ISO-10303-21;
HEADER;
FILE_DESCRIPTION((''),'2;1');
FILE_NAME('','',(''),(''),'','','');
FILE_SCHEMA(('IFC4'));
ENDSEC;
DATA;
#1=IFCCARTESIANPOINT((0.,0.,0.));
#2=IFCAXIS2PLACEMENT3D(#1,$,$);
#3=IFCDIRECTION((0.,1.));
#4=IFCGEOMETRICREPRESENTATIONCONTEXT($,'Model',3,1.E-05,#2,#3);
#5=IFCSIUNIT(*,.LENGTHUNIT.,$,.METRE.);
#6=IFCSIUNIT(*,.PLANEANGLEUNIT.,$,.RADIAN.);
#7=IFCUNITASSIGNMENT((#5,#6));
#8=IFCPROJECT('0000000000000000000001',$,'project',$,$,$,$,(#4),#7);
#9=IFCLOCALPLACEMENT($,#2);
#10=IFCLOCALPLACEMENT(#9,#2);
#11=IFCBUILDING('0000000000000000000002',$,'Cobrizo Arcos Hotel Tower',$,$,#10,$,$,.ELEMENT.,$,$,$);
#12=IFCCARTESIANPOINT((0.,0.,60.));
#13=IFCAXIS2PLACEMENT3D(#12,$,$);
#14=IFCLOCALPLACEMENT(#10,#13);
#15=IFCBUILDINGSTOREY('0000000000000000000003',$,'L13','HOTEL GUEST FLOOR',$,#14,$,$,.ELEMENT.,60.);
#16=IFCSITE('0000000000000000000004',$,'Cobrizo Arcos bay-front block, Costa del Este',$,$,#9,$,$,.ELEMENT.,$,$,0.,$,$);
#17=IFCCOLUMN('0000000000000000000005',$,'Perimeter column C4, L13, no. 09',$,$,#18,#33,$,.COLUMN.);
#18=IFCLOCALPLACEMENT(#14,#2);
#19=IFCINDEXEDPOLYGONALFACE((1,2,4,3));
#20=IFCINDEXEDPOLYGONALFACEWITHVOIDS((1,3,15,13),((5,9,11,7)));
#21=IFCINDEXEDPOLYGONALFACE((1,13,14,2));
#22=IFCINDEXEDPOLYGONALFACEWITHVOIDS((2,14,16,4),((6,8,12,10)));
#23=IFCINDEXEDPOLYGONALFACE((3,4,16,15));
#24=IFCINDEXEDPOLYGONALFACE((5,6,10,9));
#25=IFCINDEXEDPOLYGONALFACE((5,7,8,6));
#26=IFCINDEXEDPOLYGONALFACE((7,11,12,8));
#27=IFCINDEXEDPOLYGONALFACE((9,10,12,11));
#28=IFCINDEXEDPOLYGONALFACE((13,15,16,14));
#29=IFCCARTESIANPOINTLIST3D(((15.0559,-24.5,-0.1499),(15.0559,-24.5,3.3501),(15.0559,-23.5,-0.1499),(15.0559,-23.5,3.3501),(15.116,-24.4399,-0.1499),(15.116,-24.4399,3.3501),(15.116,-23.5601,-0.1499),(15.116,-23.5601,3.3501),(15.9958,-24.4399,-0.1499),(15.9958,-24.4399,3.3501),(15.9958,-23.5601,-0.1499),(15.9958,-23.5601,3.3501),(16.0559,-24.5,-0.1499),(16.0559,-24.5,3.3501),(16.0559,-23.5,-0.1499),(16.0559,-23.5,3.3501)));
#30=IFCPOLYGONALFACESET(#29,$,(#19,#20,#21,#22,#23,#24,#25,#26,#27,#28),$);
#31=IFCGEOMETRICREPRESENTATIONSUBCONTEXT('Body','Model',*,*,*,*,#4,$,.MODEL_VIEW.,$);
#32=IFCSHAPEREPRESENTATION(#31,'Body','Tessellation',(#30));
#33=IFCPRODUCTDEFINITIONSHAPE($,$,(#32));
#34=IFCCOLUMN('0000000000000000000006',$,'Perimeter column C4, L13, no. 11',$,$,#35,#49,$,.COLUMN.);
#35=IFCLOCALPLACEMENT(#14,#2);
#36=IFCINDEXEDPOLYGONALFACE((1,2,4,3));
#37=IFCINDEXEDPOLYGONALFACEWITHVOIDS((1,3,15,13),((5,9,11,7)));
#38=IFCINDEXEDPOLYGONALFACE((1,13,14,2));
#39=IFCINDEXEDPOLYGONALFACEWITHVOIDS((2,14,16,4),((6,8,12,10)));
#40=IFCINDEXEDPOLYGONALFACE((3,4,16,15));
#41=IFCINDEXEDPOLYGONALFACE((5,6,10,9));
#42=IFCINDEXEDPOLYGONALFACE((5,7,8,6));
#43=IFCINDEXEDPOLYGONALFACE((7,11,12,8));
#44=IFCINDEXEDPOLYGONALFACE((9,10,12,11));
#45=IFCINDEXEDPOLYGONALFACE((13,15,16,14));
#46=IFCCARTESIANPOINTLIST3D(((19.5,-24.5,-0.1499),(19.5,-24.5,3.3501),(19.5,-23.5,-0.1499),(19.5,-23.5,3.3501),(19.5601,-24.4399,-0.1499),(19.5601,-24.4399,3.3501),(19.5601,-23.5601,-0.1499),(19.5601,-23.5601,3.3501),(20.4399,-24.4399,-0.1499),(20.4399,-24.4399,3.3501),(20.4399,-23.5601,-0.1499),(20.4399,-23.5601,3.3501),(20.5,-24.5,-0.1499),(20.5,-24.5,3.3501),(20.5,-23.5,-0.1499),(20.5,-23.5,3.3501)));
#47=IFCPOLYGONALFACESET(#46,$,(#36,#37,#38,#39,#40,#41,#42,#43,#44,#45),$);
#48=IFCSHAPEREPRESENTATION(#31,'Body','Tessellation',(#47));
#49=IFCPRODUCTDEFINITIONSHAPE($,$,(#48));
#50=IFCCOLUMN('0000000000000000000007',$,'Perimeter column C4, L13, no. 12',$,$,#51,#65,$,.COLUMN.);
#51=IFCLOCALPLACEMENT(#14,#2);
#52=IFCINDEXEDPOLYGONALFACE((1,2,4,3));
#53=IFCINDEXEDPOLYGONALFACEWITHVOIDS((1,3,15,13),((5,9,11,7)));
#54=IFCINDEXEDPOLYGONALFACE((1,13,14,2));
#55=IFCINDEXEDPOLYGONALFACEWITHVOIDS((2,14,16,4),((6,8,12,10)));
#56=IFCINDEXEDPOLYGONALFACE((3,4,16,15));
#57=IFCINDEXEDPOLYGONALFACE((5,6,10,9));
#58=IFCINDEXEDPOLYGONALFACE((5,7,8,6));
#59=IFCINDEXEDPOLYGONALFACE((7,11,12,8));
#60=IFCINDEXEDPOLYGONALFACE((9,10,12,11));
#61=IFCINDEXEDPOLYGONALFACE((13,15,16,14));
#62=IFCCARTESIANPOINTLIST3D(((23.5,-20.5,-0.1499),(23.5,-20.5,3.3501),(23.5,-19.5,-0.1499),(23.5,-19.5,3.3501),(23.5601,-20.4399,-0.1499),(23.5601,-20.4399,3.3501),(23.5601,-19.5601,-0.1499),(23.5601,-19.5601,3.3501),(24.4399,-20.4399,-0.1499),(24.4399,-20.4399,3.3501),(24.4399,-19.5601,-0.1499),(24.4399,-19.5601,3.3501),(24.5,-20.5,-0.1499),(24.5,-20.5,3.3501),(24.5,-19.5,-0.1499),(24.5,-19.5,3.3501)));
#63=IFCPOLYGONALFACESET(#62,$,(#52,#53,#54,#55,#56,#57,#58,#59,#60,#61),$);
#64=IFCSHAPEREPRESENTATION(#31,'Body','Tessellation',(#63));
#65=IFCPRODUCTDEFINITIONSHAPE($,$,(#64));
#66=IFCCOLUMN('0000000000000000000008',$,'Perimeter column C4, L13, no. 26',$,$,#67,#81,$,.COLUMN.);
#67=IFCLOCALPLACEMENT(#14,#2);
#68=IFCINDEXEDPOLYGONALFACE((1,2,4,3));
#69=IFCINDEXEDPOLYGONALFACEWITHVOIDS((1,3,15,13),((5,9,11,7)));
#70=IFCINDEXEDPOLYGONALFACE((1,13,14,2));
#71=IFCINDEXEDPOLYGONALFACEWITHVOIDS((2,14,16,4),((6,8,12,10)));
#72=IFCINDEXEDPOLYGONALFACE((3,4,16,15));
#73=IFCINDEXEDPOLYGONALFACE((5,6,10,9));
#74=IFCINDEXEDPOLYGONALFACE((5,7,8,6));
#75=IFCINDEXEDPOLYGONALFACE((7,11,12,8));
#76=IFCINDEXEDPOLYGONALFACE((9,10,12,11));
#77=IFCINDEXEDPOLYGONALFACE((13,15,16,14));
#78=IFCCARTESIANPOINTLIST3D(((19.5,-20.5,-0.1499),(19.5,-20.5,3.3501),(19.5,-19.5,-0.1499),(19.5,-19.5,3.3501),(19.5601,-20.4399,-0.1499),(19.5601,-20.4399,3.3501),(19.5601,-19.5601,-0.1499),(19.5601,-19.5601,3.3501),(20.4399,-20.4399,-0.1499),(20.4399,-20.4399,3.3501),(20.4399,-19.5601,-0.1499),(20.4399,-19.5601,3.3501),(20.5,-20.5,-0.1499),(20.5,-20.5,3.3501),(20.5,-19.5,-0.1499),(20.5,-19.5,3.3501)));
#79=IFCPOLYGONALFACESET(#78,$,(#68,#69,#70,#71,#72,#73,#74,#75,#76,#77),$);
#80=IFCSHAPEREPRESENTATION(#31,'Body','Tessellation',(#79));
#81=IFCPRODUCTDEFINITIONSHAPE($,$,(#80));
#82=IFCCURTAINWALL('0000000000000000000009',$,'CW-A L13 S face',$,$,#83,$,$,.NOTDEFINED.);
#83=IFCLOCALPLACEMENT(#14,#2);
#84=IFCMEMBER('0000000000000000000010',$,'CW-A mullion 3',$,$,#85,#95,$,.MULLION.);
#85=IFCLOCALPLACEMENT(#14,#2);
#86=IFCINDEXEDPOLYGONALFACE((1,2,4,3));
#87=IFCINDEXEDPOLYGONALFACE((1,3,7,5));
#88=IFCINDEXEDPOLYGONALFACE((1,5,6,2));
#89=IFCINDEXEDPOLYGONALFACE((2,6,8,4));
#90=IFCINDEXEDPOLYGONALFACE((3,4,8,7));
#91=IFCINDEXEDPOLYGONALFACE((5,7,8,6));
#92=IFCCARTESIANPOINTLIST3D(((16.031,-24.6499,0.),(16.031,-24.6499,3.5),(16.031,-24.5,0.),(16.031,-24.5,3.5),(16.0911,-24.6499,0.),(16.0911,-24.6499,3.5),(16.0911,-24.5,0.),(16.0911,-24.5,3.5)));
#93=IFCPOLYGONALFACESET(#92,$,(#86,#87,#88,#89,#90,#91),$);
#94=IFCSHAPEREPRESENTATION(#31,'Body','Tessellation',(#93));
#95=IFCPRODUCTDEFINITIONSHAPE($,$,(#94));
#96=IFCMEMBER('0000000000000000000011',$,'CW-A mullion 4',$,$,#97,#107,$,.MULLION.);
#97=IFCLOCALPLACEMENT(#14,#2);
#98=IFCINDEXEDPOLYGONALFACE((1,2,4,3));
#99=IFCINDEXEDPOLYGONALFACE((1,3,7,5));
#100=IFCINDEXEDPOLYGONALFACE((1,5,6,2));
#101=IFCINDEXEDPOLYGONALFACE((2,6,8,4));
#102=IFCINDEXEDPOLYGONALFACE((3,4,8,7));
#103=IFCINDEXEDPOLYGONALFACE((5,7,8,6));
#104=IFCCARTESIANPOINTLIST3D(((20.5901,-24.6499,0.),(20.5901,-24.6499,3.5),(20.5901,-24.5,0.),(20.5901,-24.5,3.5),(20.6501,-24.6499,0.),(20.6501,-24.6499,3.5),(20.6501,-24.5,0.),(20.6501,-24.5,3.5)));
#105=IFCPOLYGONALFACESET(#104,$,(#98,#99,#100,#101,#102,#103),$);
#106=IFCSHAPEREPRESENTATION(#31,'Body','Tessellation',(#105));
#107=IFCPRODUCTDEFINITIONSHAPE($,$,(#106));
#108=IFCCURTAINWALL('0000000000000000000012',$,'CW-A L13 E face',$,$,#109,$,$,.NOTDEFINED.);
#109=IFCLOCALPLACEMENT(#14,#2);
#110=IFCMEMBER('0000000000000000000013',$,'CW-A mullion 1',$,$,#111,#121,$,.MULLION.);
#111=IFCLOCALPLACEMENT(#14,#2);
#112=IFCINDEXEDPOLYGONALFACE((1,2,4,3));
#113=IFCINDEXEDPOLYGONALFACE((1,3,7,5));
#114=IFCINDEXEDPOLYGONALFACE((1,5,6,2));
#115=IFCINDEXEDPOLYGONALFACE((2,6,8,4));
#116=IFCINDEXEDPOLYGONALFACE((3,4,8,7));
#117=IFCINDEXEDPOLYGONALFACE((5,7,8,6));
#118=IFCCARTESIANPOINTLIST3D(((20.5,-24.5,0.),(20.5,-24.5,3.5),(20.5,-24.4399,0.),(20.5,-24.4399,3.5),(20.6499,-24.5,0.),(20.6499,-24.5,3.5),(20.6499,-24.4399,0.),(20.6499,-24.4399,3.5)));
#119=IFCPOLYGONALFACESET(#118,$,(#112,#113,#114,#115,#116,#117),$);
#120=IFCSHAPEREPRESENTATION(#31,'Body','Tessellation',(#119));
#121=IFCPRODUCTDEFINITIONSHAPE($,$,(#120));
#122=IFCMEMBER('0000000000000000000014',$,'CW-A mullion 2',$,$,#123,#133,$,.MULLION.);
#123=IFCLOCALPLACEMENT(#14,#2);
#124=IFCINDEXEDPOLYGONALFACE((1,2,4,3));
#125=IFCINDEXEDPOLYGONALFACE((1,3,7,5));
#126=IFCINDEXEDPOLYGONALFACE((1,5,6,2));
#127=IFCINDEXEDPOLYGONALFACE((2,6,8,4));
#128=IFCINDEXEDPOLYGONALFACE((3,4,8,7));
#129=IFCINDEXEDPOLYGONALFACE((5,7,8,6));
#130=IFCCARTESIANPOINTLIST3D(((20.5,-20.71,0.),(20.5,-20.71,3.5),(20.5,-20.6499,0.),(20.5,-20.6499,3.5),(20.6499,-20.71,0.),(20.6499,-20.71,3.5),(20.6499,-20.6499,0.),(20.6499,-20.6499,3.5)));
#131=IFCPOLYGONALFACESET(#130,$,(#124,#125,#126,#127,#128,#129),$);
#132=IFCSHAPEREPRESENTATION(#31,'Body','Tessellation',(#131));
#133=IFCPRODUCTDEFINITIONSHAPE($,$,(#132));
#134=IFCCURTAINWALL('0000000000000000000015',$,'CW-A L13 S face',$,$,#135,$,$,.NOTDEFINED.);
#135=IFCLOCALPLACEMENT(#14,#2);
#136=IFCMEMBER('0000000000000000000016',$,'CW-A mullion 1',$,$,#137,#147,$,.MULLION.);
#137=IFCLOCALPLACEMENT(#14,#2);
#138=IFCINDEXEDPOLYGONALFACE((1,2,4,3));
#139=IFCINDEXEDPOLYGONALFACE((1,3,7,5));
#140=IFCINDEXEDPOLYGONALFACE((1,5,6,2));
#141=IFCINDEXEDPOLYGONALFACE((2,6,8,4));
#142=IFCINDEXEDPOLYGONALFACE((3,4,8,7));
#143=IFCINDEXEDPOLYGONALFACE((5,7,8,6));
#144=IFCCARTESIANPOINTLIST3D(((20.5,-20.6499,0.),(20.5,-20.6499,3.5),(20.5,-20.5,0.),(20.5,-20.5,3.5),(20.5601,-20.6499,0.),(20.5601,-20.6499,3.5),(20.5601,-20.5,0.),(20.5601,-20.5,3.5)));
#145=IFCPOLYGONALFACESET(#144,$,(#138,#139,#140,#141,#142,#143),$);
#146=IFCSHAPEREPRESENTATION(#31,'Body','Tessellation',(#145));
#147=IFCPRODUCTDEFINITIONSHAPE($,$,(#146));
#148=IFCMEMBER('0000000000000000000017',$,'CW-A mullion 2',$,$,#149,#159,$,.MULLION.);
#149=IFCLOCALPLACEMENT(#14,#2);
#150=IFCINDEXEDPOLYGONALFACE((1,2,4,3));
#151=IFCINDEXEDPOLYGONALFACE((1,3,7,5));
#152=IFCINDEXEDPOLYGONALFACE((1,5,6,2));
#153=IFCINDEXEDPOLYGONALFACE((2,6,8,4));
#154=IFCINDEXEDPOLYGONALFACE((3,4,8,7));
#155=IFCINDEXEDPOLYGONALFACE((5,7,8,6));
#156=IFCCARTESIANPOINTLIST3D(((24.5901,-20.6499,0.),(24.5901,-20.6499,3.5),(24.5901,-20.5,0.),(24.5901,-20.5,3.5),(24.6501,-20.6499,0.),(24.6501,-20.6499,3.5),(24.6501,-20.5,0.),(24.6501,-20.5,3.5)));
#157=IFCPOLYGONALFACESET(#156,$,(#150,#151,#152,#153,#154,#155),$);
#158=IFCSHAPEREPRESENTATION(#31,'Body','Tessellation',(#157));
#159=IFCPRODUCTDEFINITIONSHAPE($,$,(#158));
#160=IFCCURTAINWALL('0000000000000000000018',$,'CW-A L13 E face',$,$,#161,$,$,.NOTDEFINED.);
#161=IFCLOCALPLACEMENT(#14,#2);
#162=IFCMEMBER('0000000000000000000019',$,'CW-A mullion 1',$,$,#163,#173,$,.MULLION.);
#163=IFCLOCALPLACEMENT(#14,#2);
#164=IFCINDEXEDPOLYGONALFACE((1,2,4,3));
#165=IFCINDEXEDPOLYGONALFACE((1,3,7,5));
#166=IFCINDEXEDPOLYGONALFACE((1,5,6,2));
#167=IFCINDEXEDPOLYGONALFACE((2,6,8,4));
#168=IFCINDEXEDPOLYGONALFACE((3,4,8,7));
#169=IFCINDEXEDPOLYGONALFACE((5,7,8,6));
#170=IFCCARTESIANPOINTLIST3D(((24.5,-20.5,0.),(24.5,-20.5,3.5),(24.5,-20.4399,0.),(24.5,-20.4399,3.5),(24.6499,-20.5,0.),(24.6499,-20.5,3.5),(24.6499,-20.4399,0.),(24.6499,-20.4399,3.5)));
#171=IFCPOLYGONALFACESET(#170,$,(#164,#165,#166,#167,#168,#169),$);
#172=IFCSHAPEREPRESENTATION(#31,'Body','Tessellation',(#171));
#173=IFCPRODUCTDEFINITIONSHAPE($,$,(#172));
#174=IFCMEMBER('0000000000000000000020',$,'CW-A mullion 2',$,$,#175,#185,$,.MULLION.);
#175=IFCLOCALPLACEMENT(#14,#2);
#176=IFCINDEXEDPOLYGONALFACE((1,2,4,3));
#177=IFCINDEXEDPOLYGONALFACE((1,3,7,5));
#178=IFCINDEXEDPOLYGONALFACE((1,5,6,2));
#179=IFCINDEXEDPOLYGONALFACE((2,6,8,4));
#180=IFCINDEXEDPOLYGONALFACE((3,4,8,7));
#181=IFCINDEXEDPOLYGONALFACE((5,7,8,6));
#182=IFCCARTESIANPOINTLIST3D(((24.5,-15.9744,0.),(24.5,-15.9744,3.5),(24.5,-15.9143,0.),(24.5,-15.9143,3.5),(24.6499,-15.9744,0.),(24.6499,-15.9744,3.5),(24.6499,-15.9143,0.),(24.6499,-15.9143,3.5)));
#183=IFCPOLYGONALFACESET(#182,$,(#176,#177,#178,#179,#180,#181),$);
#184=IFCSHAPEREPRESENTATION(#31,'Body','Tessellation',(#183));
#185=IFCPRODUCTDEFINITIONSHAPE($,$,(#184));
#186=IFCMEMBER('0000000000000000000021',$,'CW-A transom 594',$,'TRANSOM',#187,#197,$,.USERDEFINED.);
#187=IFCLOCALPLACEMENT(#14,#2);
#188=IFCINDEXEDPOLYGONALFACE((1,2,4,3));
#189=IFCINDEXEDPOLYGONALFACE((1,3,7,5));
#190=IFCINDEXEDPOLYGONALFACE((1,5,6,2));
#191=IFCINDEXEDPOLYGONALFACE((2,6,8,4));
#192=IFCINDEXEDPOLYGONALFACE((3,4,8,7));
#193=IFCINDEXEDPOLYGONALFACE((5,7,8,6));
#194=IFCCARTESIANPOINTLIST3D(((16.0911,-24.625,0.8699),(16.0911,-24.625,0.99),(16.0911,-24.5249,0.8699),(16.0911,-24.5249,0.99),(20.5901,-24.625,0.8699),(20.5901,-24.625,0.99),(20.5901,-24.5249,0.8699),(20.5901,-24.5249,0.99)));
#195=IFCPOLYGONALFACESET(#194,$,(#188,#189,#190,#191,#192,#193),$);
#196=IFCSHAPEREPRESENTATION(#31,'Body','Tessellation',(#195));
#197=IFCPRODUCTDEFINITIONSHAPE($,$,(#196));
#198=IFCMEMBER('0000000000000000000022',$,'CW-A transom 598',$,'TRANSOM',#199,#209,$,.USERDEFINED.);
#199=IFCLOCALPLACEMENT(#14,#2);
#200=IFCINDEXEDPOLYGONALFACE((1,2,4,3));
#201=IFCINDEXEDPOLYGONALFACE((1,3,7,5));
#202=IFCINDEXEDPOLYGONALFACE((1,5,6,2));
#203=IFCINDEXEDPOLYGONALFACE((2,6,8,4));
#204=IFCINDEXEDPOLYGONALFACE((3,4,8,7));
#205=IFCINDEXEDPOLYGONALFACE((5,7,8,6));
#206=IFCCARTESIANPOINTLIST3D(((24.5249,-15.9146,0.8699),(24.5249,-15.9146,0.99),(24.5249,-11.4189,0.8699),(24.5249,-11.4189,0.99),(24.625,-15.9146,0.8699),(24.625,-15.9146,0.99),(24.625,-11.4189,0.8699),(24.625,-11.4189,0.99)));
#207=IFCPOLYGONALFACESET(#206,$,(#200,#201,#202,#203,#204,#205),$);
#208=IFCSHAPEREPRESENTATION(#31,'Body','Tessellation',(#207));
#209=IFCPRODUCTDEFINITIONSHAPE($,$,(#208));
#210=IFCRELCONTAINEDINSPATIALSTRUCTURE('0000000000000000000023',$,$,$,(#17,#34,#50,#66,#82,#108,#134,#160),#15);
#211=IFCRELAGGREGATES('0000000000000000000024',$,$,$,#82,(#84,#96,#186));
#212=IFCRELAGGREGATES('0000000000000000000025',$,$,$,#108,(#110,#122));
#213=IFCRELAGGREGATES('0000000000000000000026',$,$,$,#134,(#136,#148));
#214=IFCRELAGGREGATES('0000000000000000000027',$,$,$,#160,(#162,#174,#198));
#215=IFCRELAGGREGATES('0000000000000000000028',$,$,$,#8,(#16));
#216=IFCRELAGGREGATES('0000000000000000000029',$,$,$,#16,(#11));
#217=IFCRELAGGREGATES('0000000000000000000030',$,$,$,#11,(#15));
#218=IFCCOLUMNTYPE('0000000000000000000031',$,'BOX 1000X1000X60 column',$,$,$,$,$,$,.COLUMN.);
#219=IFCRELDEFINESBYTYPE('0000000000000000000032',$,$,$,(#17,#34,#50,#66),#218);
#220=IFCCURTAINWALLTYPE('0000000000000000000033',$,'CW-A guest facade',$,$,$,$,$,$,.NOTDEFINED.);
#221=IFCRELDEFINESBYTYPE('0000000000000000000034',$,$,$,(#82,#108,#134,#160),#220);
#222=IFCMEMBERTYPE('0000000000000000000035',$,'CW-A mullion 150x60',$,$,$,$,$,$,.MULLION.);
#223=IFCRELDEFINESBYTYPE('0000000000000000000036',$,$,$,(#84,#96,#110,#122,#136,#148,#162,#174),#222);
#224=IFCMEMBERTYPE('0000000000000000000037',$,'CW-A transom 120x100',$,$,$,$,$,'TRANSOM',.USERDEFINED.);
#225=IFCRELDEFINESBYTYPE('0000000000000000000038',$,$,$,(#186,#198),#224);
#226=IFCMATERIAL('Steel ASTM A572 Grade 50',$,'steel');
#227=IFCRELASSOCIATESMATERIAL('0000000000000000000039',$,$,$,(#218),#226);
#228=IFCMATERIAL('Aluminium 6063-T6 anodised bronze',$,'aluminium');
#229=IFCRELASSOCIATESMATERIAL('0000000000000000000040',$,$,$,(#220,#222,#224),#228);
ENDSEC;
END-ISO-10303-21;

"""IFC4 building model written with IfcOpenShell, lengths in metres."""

from ifc_helpers import new_model, si_unit, direction, frame, origin, origin_2d, place, context, subcontext, project, spatial, rectangle, hollow_rectangle, extrude, material, material_profile, profile_set, type_object, element, aggregate, save


model = new_model("IFC4")

# Units and contexts
model_context = context("Model", 3, precision=1e-05, world=origin(), true_north=direction((0.0, 1.0)))
body_context = subcontext(model_context, "Body", "Model", "MODEL_VIEW")
ifc_project = project(units=[si_unit("LENGTHUNIT", "METRE"), si_unit("PLANEANGLEUNIT", "RADIAN")], contexts=[model_context])

# Site, building, storey
site_placement = place(None, origin())
site = spatial("IfcSite", under=ifc_project, at=site_placement, Name="Cobrizo Arcos bay-front block, Costa del Este", CompositionType="ELEMENT", RefElevation=0.0)
building_placement = place(site_placement, origin())
building = spatial("IfcBuilding", under=site, at=building_placement, Name="Cobrizo Arcos Hotel Tower", CompositionType="ELEMENT")
storey_placement = place(building_placement, frame((0.0, 0.0, 60.0)))
storey = spatial("IfcBuildingStorey", under=building, at=storey_placement, Name="L13", Description="HOTEL GUEST FLOOR", CompositionType="ELEMENT", Elevation=60.0)

# Columns
ifc_material_1 = material(Name="Steel ASTM A572 Grade 50", Category="steel")
ifc_material_profile_1 = material_profile(ifc_material_1, hollow_rectangle(XDim=1.0, YDim=1.0, WallThickness=0.0601, at=origin_2d()), Name="BOX 1000X1000X60")
ifc_profile_set_1 = profile_set([ifc_material_profile_1], Name="Steel ASTM A572 Grade 50")
column_type = type_object("IfcColumnType", Name="BOX 1000X1000X60 column", PredefinedType="COLUMN", material=ifc_profile_set_1)
for number, where, z_axis, x_axis, name in (
    (1, (15.5559, -24.0, -0.1499), (0.0, 0.0, 1.0), (1.0, 0.0, 0.0), "Perimeter column C4, L13, no. 09"),
    (2, (20.0, -24.0, -0.1499), (0.0, 0.0, 1.0), (1.0, 0.0, 0.0), "Perimeter column C4, L13, no. 11"),
    (3, (24.0, -20.0, -0.1499), (0.0, 0.0, 1.0), (1.0, 0.0, 0.0), "Perimeter column C4, L13, no. 12"),
    (4, (20.0, -20.0, -0.1499), (0.0, 0.0, 1.0), (1.0, 0.0, 0.0), "Perimeter column C4, L13, no. 26"),
):
    element("IfcColumn", number, at=place(storey_placement, frame(where, z_axis=z_axis, x_axis=x_axis)), inside=storey, type_object=column_type, Name=name, PredefinedType="COLUMN", context=body_context, shape_type="SweptSolid", body=[
        extrude(hollow_rectangle(XDim=1.0, YDim=1.0, WallThickness=0.0601, at=origin_2d()), origin(), (0.0, 0.0, 1.0), 3.5),
    ])

# Curtain walls, members
ifc_material_2 = material(Name="Aluminium 6063-T6 anodised bronze", Category="aluminium")
curtain_wall_type = type_object("IfcCurtainWallType", Name="CW-A guest facade", PredefinedType="NOTDEFINED", material=ifc_material_2)
curtain_wall_1_placement = place(storey_placement, origin())
curtain_wall_1 = element("IfcCurtainWall", 5, at=curtain_wall_1_placement, inside=storey, type_object=curtain_wall_type, Name="CW-A L13 S face", PredefinedType="NOTDEFINED")
ifc_material_profile_2 = material_profile(ifc_material_2, rectangle(XDim=0.1499, YDim=0.0601, at=origin_2d()), Name="CW-A mullion 150x60")
ifc_profile_set_2 = profile_set([ifc_material_profile_2], Name="Aluminium 6063-T6 anodised bronze")
member_type_1 = type_object("IfcMemberType", Name="CW-A mullion 150x60", PredefinedType="MULLION", material=ifc_profile_set_2)
member_1_placement = place(storey_placement, frame((16.061, -24.575, 0.0), z_axis=(0.0, 0.0, 1.0), x_axis=(0.0, -1.0, 0.0)))
member_1 = element("IfcMember", 6, at=member_1_placement, type_object=member_type_1, Name="CW-A mullion 3", PredefinedType="MULLION", context=body_context, shape_type="SweptSolid", body=[
    extrude(rectangle(XDim=0.1499, YDim=0.0601, at=origin_2d()), origin(), (0.0, 0.0, 1.0), 3.5),
])
member_2_placement = place(storey_placement, frame((20.6201, -24.575, 0.0), z_axis=(0.0, 0.0, 1.0), x_axis=(0.0, -1.0, 0.0)))
member_2 = element("IfcMember", 7, at=member_2_placement, type_object=member_type_1, Name="CW-A mullion 4", PredefinedType="MULLION", context=body_context, shape_type="SweptSolid", body=[
    extrude(rectangle(XDim=0.1499, YDim=0.0601, at=origin_2d()), origin(), (0.0, 0.0, 1.0), 3.5),
])
curtain_wall_2_placement = place(storey_placement, origin())
curtain_wall_2 = element("IfcCurtainWall", 8, at=curtain_wall_2_placement, inside=storey, type_object=curtain_wall_type, Name="CW-A L13 E face", PredefinedType="NOTDEFINED")
member_3_placement = place(storey_placement, frame((20.575, -24.47, 0.0), z_axis=(0.0, 0.0, 1.0), x_axis=(1.0, 0.0, 0.0)))
member_3 = element("IfcMember", 9, at=member_3_placement, type_object=member_type_1, Name="CW-A mullion 1", PredefinedType="MULLION", context=body_context, shape_type="SweptSolid", body=[
    extrude(rectangle(XDim=0.1499, YDim=0.0601, at=origin_2d()), origin(), (0.0, 0.0, 1.0), 3.5),
])
member_4_placement = place(storey_placement, frame((20.575, -20.6799, 0.0), z_axis=(0.0, 0.0, 1.0), x_axis=(1.0, 0.0, 0.0)))
member_4 = element("IfcMember", 10, at=member_4_placement, type_object=member_type_1, Name="CW-A mullion 2", PredefinedType="MULLION", context=body_context, shape_type="SweptSolid", body=[
    extrude(rectangle(XDim=0.1499, YDim=0.0601, at=origin_2d()), origin(), (0.0, 0.0, 1.0), 3.5),
])
curtain_wall_3_placement = place(storey_placement, origin())
curtain_wall_3 = element("IfcCurtainWall", 11, at=curtain_wall_3_placement, inside=storey, type_object=curtain_wall_type, Name="CW-A L13 S face", PredefinedType="NOTDEFINED")
member_5_placement = place(storey_placement, frame((20.53, -20.575, 0.0), z_axis=(0.0, 0.0, 1.0), x_axis=(0.0, -1.0, 0.0)))
member_5 = element("IfcMember", 12, at=member_5_placement, type_object=member_type_1, Name="CW-A mullion 1", PredefinedType="MULLION", context=body_context, shape_type="SweptSolid", body=[
    extrude(rectangle(XDim=0.1499, YDim=0.0601, at=origin_2d()), origin(), (0.0, 0.0, 1.0), 3.5),
])
member_6_placement = place(storey_placement, frame((24.6201, -20.575, 0.0), z_axis=(0.0, 0.0, 1.0), x_axis=(0.0, -1.0, 0.0)))
member_6 = element("IfcMember", 13, at=member_6_placement, type_object=member_type_1, Name="CW-A mullion 2", PredefinedType="MULLION", context=body_context, shape_type="SweptSolid", body=[
    extrude(rectangle(XDim=0.1499, YDim=0.0601, at=origin_2d()), origin(), (0.0, 0.0, 1.0), 3.5),
])
curtain_wall_4_placement = place(storey_placement, origin())
curtain_wall_4 = element("IfcCurtainWall", 14, at=curtain_wall_4_placement, inside=storey, type_object=curtain_wall_type, Name="CW-A L13 E face", PredefinedType="NOTDEFINED")
member_7_placement = place(storey_placement, frame((24.575, -20.47, 0.0), z_axis=(0.0, 0.0, 1.0), x_axis=(1.0, 0.0, 0.0)))
member_7 = element("IfcMember", 15, at=member_7_placement, type_object=member_type_1, Name="CW-A mullion 1", PredefinedType="MULLION", context=body_context, shape_type="SweptSolid", body=[
    extrude(rectangle(XDim=0.1499, YDim=0.0601, at=origin_2d()), origin(), (0.0, 0.0, 1.0), 3.5),
])
member_8_placement = place(storey_placement, frame((24.575, -15.9443, 0.0), z_axis=(0.0, 0.0, 1.0), x_axis=(1.0, 0.0, 0.0)))
member_8 = element("IfcMember", 16, at=member_8_placement, type_object=member_type_1, Name="CW-A mullion 2", PredefinedType="MULLION", context=body_context, shape_type="SweptSolid", body=[
    extrude(rectangle(XDim=0.1499, YDim=0.0601, at=origin_2d()), origin(), (0.0, 0.0, 1.0), 3.5),
])

# Members
ifc_material_profile_3 = material_profile(ifc_material_2, rectangle(XDim=0.1001, YDim=0.1201, at=origin_2d()), Name="CW-A transom 120x100")
ifc_profile_set_3 = profile_set([ifc_material_profile_3], Name="Aluminium 6063-T6 anodised bronze")
member_type_2 = type_object("IfcMemberType", Name="CW-A transom 120x100", ElementType="TRANSOM", PredefinedType="USERDEFINED", material=ifc_profile_set_3)
member_9_placement = place(storey_placement, frame((16.0911, -24.575, 0.9299), z_axis=(1.0, 0.0, 0.0), x_axis=(0.0, 1.0, 0.0)))
member_9 = element("IfcMember", 17, at=member_9_placement, type_object=member_type_2, Name="CW-A transom 594", ObjectType="TRANSOM", PredefinedType="USERDEFINED", context=body_context, shape_type="SweptSolid", body=[
    extrude(rectangle(XDim=0.1001, YDim=0.1201, at=origin_2d()), origin(), (0.0, 0.0, 1.0), 4.499),
])
member_10_placement = place(storey_placement, frame((24.575, -15.9146, 0.9299), z_axis=(0.0, 1.0, 0.0), x_axis=(-1.0, 0.0, 0.0)))
member_10 = element("IfcMember", 18, at=member_10_placement, type_object=member_type_2, Name="CW-A transom 598", ObjectType="TRANSOM", PredefinedType="USERDEFINED", context=body_context, shape_type="SweptSolid", body=[
    extrude(rectangle(XDim=0.1001, YDim=0.1201, at=origin_2d()), origin(), (0.0, 0.0, 1.0), 4.4956),
])

aggregate(curtain_wall_1, [member_1, member_2, member_9])
aggregate(curtain_wall_2, [member_3, member_4])
aggregate(curtain_wall_3, [member_5, member_6])
aggregate(curtain_wall_4, [member_7, member_8, member_10])

save(model, "model.ifc")
